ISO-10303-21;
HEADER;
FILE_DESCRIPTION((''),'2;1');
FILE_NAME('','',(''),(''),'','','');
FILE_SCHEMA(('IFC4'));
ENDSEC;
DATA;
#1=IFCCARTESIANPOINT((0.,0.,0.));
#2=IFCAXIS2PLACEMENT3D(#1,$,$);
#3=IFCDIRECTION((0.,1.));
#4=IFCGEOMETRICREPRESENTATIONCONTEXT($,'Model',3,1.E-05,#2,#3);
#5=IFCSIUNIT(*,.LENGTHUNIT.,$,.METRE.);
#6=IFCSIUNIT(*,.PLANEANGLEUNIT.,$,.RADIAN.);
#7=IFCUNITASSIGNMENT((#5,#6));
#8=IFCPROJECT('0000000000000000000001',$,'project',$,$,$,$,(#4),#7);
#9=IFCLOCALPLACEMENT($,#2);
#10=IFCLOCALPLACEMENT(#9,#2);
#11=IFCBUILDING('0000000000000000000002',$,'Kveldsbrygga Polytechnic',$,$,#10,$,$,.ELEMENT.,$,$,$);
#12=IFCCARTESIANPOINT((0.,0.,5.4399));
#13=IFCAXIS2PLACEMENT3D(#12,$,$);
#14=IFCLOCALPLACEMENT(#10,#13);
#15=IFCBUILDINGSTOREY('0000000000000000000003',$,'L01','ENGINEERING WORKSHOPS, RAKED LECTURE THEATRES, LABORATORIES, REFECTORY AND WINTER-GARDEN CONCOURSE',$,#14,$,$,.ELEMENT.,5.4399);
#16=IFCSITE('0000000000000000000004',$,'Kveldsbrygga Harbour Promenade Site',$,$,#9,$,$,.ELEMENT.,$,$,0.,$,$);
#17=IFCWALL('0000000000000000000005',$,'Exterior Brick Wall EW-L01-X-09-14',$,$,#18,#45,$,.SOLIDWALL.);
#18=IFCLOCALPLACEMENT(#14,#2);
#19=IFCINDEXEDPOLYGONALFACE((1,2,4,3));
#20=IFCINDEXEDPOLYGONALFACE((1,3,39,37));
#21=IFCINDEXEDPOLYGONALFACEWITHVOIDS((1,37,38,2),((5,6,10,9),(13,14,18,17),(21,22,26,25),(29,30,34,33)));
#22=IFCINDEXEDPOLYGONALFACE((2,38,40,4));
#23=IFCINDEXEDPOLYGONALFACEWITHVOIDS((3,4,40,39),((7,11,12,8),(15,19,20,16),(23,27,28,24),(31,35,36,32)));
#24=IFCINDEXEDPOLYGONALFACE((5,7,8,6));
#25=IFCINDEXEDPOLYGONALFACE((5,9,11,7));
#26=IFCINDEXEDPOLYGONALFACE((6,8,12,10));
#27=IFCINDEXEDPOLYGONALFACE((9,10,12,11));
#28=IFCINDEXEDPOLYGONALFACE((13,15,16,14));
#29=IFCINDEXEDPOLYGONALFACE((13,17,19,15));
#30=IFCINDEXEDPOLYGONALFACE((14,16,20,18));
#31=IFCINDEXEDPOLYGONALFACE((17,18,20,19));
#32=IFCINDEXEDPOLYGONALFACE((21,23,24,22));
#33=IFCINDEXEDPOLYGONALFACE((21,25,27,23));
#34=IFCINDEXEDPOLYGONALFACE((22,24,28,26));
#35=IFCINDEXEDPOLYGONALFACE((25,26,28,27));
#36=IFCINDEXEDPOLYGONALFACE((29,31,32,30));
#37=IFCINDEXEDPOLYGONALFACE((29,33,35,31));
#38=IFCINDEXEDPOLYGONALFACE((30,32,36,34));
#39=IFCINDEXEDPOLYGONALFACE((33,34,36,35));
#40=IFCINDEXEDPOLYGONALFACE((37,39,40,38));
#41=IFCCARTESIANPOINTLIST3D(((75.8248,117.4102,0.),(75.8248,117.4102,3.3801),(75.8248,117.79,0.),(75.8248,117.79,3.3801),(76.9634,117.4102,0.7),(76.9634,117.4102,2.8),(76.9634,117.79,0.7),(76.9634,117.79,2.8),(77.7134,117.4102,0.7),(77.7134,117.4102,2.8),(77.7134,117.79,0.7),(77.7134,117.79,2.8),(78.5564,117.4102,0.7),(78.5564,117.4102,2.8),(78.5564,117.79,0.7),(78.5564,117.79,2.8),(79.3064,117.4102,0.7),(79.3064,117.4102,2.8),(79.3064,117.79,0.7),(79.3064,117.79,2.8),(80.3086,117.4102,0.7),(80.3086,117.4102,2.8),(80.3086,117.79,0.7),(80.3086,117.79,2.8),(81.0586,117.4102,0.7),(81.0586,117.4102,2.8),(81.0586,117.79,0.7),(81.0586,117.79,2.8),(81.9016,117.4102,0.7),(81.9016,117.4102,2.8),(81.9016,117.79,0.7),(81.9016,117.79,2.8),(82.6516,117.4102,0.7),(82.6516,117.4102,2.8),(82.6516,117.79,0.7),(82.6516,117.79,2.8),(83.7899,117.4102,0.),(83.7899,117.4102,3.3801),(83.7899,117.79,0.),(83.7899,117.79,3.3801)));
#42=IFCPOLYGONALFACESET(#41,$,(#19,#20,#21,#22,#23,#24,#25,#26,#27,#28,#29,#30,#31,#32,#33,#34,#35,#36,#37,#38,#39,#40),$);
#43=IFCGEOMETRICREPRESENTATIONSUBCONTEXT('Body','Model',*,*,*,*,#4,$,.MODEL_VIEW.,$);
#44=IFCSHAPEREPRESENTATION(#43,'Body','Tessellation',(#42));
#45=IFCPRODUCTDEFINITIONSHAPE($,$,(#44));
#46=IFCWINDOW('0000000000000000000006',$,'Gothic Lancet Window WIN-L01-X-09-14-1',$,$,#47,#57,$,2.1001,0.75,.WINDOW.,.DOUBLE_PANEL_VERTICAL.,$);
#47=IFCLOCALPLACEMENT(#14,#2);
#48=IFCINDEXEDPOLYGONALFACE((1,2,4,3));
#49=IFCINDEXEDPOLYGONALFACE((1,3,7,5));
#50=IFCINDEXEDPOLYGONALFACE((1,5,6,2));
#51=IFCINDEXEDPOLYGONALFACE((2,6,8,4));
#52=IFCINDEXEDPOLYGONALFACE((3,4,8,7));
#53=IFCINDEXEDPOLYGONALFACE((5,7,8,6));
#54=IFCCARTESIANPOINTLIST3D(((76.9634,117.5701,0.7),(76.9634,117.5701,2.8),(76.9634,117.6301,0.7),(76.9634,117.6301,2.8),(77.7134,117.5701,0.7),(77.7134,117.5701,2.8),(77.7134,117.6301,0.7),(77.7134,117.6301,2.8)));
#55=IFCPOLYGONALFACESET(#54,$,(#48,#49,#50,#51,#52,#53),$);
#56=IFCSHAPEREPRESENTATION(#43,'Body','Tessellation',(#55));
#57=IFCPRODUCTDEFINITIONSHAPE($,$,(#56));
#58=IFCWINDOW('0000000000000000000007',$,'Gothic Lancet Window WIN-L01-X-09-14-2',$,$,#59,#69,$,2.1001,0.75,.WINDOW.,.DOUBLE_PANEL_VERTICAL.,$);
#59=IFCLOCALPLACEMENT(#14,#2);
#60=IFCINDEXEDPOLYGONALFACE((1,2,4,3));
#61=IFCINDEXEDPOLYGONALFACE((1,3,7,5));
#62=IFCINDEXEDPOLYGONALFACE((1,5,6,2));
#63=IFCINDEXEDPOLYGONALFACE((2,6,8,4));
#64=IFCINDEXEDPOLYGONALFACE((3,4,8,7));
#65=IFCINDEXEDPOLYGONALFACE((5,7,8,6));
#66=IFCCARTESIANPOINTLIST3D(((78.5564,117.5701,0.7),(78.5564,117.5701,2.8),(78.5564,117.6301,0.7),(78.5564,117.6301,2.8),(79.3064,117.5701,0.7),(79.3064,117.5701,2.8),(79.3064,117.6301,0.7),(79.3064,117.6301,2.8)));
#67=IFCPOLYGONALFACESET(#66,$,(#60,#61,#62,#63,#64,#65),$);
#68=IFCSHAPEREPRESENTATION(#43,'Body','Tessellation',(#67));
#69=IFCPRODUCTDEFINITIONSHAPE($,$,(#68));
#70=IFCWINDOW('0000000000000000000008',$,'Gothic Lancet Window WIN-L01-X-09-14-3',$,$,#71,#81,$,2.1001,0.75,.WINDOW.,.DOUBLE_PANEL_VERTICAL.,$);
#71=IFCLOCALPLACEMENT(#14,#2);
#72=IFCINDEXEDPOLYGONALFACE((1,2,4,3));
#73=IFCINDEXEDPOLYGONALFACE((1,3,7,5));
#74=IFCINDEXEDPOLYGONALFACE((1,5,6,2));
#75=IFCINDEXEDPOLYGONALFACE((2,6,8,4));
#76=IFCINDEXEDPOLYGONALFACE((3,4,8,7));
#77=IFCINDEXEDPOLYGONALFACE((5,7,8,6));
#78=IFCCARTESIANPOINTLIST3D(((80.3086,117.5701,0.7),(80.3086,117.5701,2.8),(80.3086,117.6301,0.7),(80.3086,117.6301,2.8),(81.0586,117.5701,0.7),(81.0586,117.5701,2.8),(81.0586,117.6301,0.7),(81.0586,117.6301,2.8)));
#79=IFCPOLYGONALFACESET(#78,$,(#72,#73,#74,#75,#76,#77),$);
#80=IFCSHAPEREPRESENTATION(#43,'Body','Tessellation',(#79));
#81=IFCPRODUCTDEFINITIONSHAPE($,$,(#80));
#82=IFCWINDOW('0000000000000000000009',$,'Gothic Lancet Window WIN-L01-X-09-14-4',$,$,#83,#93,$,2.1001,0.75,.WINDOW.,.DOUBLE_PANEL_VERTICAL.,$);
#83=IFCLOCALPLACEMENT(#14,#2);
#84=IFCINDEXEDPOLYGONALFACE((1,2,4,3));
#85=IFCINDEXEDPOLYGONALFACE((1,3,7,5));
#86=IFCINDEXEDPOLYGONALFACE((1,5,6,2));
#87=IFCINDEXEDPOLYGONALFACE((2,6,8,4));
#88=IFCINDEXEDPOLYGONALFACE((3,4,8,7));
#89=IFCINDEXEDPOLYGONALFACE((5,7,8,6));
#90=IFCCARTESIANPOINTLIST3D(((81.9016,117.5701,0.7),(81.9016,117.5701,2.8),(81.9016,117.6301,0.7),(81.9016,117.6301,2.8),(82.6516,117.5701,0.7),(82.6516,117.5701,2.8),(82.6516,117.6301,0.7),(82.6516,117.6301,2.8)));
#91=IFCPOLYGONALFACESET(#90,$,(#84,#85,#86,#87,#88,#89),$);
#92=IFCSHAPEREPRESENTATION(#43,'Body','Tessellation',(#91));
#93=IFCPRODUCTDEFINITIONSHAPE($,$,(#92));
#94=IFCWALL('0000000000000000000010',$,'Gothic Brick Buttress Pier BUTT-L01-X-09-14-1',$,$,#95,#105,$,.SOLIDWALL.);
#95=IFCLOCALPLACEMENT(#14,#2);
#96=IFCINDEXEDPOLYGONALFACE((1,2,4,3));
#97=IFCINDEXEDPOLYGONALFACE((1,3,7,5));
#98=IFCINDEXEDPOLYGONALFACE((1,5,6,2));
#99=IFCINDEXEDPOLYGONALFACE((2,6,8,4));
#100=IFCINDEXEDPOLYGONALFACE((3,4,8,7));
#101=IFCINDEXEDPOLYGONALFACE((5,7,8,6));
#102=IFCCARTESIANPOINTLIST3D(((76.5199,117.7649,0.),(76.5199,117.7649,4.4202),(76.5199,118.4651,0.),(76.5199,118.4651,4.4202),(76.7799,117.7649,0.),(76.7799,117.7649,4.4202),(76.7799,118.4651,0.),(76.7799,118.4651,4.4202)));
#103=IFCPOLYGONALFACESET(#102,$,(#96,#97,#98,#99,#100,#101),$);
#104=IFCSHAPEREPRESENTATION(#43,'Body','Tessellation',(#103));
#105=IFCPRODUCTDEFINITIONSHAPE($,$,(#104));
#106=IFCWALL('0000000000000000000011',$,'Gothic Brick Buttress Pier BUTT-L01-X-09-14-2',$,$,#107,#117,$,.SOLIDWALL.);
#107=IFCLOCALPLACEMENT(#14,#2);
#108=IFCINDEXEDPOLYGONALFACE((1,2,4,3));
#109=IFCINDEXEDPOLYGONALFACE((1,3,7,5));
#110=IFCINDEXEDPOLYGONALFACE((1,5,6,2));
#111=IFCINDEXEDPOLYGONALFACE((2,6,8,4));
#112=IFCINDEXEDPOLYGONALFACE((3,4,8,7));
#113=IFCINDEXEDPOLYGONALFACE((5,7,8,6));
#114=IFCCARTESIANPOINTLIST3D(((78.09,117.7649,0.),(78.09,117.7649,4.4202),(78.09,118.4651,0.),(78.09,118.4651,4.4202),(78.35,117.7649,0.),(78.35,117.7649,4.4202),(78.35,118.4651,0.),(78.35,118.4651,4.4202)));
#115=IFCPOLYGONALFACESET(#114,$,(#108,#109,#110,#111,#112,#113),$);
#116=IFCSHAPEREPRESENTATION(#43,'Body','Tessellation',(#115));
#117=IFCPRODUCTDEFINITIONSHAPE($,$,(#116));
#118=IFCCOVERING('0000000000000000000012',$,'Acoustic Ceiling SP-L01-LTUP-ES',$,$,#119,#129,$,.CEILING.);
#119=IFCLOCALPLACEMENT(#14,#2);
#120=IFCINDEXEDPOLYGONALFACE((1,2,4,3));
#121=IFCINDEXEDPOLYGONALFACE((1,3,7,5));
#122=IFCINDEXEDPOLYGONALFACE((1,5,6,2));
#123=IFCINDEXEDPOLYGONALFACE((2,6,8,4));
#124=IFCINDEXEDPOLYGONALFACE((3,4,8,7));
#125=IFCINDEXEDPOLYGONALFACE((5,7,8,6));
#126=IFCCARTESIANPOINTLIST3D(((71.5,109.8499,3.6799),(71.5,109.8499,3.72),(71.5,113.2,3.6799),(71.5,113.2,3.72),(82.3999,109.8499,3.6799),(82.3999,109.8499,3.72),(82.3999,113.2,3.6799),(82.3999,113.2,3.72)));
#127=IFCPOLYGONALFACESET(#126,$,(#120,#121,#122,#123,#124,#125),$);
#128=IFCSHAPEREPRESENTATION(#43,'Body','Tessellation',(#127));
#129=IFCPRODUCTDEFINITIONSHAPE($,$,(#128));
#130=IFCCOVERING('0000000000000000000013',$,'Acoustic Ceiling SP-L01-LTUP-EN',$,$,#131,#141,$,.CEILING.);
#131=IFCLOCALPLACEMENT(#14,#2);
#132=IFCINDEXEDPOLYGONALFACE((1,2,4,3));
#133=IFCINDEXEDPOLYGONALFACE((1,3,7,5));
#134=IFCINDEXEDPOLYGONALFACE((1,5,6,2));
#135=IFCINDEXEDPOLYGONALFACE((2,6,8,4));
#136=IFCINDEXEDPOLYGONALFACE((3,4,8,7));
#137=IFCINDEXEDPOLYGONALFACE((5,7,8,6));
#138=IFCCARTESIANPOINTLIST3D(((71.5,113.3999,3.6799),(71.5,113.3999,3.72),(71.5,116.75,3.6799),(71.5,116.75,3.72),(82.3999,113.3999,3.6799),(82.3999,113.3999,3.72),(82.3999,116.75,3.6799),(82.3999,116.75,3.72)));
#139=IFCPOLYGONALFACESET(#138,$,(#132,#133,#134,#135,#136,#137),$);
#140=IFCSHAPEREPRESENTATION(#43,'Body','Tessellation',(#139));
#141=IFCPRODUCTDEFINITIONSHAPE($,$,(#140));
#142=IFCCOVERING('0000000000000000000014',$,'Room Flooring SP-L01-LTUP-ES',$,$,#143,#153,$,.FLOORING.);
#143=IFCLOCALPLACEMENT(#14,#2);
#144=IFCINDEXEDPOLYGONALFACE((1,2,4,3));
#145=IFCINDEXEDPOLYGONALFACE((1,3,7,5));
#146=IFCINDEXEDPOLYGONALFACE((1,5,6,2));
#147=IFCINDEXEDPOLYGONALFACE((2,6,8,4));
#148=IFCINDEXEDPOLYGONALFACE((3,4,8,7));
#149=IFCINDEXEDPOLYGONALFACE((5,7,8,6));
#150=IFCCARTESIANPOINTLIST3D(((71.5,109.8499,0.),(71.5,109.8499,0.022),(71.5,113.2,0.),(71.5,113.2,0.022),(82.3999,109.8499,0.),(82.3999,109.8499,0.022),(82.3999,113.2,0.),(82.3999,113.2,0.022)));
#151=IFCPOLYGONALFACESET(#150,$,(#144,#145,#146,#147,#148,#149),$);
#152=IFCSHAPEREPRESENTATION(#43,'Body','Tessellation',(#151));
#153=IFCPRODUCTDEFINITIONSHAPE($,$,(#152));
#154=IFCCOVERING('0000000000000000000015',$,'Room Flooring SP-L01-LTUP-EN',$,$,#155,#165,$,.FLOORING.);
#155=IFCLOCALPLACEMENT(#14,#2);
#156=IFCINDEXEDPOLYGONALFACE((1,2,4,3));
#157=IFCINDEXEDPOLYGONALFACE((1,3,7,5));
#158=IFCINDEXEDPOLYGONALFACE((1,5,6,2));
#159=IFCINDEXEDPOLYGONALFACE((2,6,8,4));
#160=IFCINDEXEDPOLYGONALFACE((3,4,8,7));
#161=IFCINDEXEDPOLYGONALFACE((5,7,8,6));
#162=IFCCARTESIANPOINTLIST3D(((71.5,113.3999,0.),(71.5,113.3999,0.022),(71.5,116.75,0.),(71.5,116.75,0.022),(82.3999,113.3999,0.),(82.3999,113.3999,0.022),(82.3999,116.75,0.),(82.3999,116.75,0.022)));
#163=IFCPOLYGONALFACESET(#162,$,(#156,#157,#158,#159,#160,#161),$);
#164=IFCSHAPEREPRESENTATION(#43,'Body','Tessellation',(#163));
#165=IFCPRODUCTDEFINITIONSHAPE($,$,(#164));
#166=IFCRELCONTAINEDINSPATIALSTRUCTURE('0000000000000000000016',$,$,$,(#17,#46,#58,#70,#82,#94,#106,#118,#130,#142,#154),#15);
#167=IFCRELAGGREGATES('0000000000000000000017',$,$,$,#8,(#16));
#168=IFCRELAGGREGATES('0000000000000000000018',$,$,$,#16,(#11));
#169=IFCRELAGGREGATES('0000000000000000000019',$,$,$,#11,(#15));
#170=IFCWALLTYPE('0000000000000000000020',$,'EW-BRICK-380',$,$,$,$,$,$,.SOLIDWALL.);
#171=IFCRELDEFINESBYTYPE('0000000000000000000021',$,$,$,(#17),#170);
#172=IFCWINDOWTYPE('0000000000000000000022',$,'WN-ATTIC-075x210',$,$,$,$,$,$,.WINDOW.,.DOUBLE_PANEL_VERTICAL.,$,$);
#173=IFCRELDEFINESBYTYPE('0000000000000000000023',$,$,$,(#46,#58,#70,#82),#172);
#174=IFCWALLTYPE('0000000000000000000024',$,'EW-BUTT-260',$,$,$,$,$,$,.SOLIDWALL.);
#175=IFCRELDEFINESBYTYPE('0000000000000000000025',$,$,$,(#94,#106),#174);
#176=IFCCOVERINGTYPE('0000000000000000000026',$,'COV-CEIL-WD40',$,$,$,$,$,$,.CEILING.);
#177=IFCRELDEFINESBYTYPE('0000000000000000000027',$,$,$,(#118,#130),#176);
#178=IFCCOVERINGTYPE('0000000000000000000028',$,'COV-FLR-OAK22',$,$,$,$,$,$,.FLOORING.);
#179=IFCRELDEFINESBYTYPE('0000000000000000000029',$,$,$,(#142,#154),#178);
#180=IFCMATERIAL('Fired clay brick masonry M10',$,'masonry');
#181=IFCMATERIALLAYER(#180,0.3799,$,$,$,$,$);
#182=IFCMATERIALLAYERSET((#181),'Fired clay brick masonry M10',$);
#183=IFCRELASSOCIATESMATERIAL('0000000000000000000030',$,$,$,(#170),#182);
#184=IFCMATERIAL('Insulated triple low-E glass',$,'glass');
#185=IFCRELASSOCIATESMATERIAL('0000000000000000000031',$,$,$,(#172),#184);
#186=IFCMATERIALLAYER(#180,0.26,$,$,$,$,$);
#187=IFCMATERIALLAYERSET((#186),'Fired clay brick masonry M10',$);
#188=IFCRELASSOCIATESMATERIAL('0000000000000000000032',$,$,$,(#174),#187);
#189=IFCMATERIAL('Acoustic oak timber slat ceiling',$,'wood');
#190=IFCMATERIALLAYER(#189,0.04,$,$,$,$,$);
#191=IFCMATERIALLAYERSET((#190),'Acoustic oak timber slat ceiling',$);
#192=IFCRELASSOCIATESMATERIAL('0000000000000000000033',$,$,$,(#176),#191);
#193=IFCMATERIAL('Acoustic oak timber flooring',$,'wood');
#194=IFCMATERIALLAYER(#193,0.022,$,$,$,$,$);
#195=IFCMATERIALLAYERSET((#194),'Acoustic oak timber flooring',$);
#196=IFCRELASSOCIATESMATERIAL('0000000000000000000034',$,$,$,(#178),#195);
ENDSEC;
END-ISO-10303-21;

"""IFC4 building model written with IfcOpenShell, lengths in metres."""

from ifc_helpers import new_model, si_unit, direction, frame, frame_2d, origin, origin_2d, place, context, subcontext, project, spatial, rectangle, extrude, material, layer, layer_set, type_object, element, fill, save


model = new_model("IFC4")

# Units and contexts
model_context = context("Model", 3, precision=1e-05, world=origin(), true_north=direction((0.0, 1.0)))
body_context = subcontext(model_context, "Body", "Model", "MODEL_VIEW")
ifc_project = project(units=[si_unit("LENGTHUNIT", "METRE"), si_unit("PLANEANGLEUNIT", "RADIAN")], contexts=[model_context])

# Site, building, storey
site_placement = place(None, origin())
site = spatial("IfcSite", under=ifc_project, at=site_placement, Name="Kveldsbrygga Harbour Promenade Site", CompositionType="ELEMENT", RefElevation=0.0)
building_placement = place(site_placement, origin())
building = spatial("IfcBuilding", under=site, at=building_placement, Name="Kveldsbrygga Polytechnic", CompositionType="ELEMENT")
storey_placement = place(building_placement, frame((0.0, 0.0, 5.4399)))
storey = spatial("IfcBuildingStorey", under=building, at=storey_placement, Name="L01", Description="ENGINEERING WORKSHOPS, RAKED LECTURE THEATRES, LABORATORIES, REFECTORY AND WINTER-GARDEN CONCOURSE", CompositionType="ELEMENT", Elevation=5.4399)

# Shared definitions
ifc_material_1 = material(Name="Insulated triple low-E glass", Category="glass")

# Wall, openings, windows
ifc_material_2 = material(Name="Fired clay brick masonry M10", Category="masonry")
ifc_layer_1 = layer(ifc_material_2, 0.3799)
ifc_layer_set_1 = layer_set([ifc_layer_1], Name="Fired clay brick masonry M10")
wall_type_1 = type_object("IfcWallType", Name="EW-BRICK-380", PredefinedType="SOLIDWALL", material=ifc_layer_set_1)
wall_placement = place(storey_placement, frame((75.825, 117.6001, 0.0), z_axis=(0.0, 0.0, 1.0), x_axis=(1.0, 0.0, 0.0)))
wall = element("IfcWall", 1, at=wall_placement, inside=storey, type_object=wall_type_1, Name="Exterior Brick Wall EW-L01-X-09-14", PredefinedType="SOLIDWALL", context=body_context, shape_type="SweptSolid", body=[
    extrude(rectangle(XDim=7.9651, YDim=0.3799, at=frame_2d((3.9824, 0.0))), origin(), (0.0, 0.0, 1.0), 3.3801),
])
opening_1_placement = place(wall_placement, frame((1.1384, 0.0, 0.7)))
opening_1 = element("IfcOpeningElement", 2, at=opening_1_placement, cuts=wall, PredefinedType="OPENING", context=body_context, shape_type="SweptSolid", body=[
    extrude(rectangle(XDim=0.75, YDim=2.1001, at=frame_2d((0.375, 1.05))), frame((0.0, 0.2, 0.0), z_axis=(0.0, -1.0, 0.0), x_axis=(1.0, 0.0, 0.0)), (0.0, 0.0, 1.0), 0.3999),
])
opening_2_placement = place(wall_placement, frame((2.7314, 0.0, 0.7)))
opening_2 = element("IfcOpeningElement", 3, at=opening_2_placement, cuts=wall, PredefinedType="OPENING", context=body_context, shape_type="SweptSolid", body=[
    extrude(rectangle(XDim=0.75, YDim=2.1001, at=frame_2d((0.375, 1.05))), frame((0.0, 0.2, 0.0), z_axis=(0.0, -1.0, 0.0), x_axis=(1.0, 0.0, 0.0)), (0.0, 0.0, 1.0), 0.3999),
])
opening_3_placement = place(wall_placement, frame((4.4836, 0.0, 0.7)))
opening_3 = element("IfcOpeningElement", 4, at=opening_3_placement, cuts=wall, PredefinedType="OPENING", context=body_context, shape_type="SweptSolid", body=[
    extrude(rectangle(XDim=0.75, YDim=2.1001, at=frame_2d((0.375, 1.05))), frame((0.0, 0.2, 0.0), z_axis=(0.0, -1.0, 0.0), x_axis=(1.0, 0.0, 0.0)), (0.0, 0.0, 1.0), 0.3999),
])
opening_4_placement = place(wall_placement, frame((6.0767, 0.0, 0.7)))
opening_4 = element("IfcOpeningElement", 5, at=opening_4_placement, cuts=wall, PredefinedType="OPENING", context=body_context, shape_type="SweptSolid", body=[
    extrude(rectangle(XDim=0.75, YDim=2.1001, at=frame_2d((0.375, 1.05))), frame((0.0, 0.2, 0.0), z_axis=(0.0, -1.0, 0.0), x_axis=(1.0, 0.0, 0.0)), (0.0, 0.0, 1.0), 0.3999),
])
window_type = type_object("IfcWindowType", Name="WN-ATTIC-075x210", PartitioningType="DOUBLE_PANEL_VERTICAL", PredefinedType="WINDOW", material=ifc_material_1)
window_1_placement = place(opening_1_placement, origin())
window_1 = element("IfcWindow", 6, at=window_1_placement, inside=storey, type_object=window_type, Name="Gothic Lancet Window WIN-L01-X-09-14-1", OverallHeight=2.1001, OverallWidth=0.75, PartitioningType="DOUBLE_PANEL_VERTICAL", PredefinedType="WINDOW", context=body_context, shape_type="SweptSolid", body=[
    extrude(rectangle(XDim=0.75, YDim=2.1001, at=frame_2d((0.375, 1.05))), frame((0.0, 0.03, 0.0), z_axis=(0.0, -1.0, 0.0), x_axis=(1.0, 0.0, 0.0)), (0.0, 0.0, 1.0), 0.0601),
])
fill(opening_1, window_1)
window_2_placement = place(opening_2_placement, origin())
window_2 = element("IfcWindow", 7, at=window_2_placement, inside=storey, type_object=window_type, Name="Gothic Lancet Window WIN-L01-X-09-14-2", OverallHeight=2.1001, OverallWidth=0.75, PartitioningType="DOUBLE_PANEL_VERTICAL", PredefinedType="WINDOW", context=body_context, shape_type="SweptSolid", body=[
    extrude(rectangle(XDim=0.75, YDim=2.1001, at=frame_2d((0.375, 1.05))), frame((0.0, 0.03, 0.0), z_axis=(0.0, -1.0, 0.0), x_axis=(1.0, 0.0, 0.0)), (0.0, 0.0, 1.0), 0.0601),
])
fill(opening_2, window_2)
window_3_placement = place(opening_3_placement, origin())
window_3 = element("IfcWindow", 8, at=window_3_placement, inside=storey, type_object=window_type, Name="Gothic Lancet Window WIN-L01-X-09-14-3", OverallHeight=2.1001, OverallWidth=0.75, PartitioningType="DOUBLE_PANEL_VERTICAL", PredefinedType="WINDOW", context=body_context, shape_type="SweptSolid", body=[
    extrude(rectangle(XDim=0.75, YDim=2.1001, at=frame_2d((0.375, 1.05))), frame((0.0, 0.03, 0.0), z_axis=(0.0, -1.0, 0.0), x_axis=(1.0, 0.0, 0.0)), (0.0, 0.0, 1.0), 0.0601),
])
fill(opening_3, window_3)
window_4_placement = place(opening_4_placement, origin())
window_4 = element("IfcWindow", 9, at=window_4_placement, inside=storey, type_object=window_type, Name="Gothic Lancet Window WIN-L01-X-09-14-4", OverallHeight=2.1001, OverallWidth=0.75, PartitioningType="DOUBLE_PANEL_VERTICAL", PredefinedType="WINDOW", context=body_context, shape_type="SweptSolid", body=[
    extrude(rectangle(XDim=0.75, YDim=2.1001, at=frame_2d((0.375, 1.05))), frame((0.0, 0.03, 0.0), z_axis=(0.0, -1.0, 0.0), x_axis=(1.0, 0.0, 0.0)), (0.0, 0.0, 1.0), 0.0601),
])
fill(opening_4, window_4)

# Walls
ifc_layer_2 = layer(ifc_material_2, 0.26)
ifc_layer_set_2 = layer_set([ifc_layer_2], Name="Fired clay brick masonry M10")
wall_type_2 = type_object("IfcWallType", Name="EW-BUTT-260", PredefinedType="SOLIDWALL", material=ifc_layer_set_2)
for number, where, z_axis, x_axis, name in (
    (10, (76.6499, 117.7649, 0.0), (0.0, 0.0, 1.0), (0.0, 1.0, 0.0), "Gothic Brick Buttress Pier BUTT-L01-X-09-14-1"),
    (11, (78.22, 117.7649, 0.0), (0.0, 0.0, 1.0), (0.0, 1.0, 0.0), "Gothic Brick Buttress Pier BUTT-L01-X-09-14-2"),
):
    element("IfcWall", number, at=place(storey_placement, frame(where, z_axis=z_axis, x_axis=x_axis)), inside=storey, type_object=wall_type_2, Name=name, PredefinedType="SOLIDWALL", context=body_context, shape_type="SweptSolid", body=[
        extrude(rectangle(XDim=0.7002, YDim=0.26, at=frame_2d((0.3501, 0.0))), origin(), (0.0, 0.0, 1.0), 4.4202),
    ])

# Coverings
ifc_material_3 = material(Name="Acoustic oak timber slat ceiling", Category="wood")
ifc_layer_3 = layer(ifc_material_3, 0.04)
ifc_layer_set_3 = layer_set([ifc_layer_3], Name="Acoustic oak timber slat ceiling")
covering_type_1 = type_object("IfcCoveringType", Name="COV-CEIL-WD40", PredefinedType="CEILING", material=ifc_layer_set_3)
for number, where, z_axis, x_axis, name in (
    (12, (76.95, 111.5249, 3.6799), (0.0, 0.0, 1.0), (1.0, 0.0, 0.0), "Acoustic Ceiling SP-L01-LTUP-ES"),
    (13, (76.95, 115.075, 3.6799), (0.0, 0.0, 1.0), (1.0, 0.0, 0.0), "Acoustic Ceiling SP-L01-LTUP-EN"),
):
    element("IfcCovering", number, at=place(storey_placement, frame(where, z_axis=z_axis, x_axis=x_axis)), inside=storey, type_object=covering_type_1, Name=name, PredefinedType="CEILING", context=body_context, shape_type="SweptSolid", body=[
        extrude(rectangle(XDim=10.8999, YDim=3.3501, at=origin_2d()), origin(), (0.0, 0.0, 1.0), 0.04),
    ])
ifc_material_4 = material(Name="Acoustic oak timber flooring", Category="wood")
ifc_layer_4 = layer(ifc_material_4, 0.022)
ifc_layer_set_4 = layer_set([ifc_layer_4], Name="Acoustic oak timber flooring")
covering_type_2 = type_object("IfcCoveringType", Name="COV-FLR-OAK22", PredefinedType="FLOORING", material=ifc_layer_set_4)
for number, where, z_axis, x_axis, name in (
    (14, (76.95, 111.5249, 0.0), (0.0, 0.0, 1.0), (1.0, 0.0, 0.0), "Room Flooring SP-L01-LTUP-ES"),
    (15, (76.95, 115.075, 0.0), (0.0, 0.0, 1.0), (1.0, 0.0, 0.0), "Room Flooring SP-L01-LTUP-EN"),
):
    element("IfcCovering", number, at=place(storey_placement, frame(where, z_axis=z_axis, x_axis=x_axis)), inside=storey, type_object=covering_type_2, Name=name, PredefinedType="FLOORING", context=body_context, shape_type="SweptSolid", body=[
        extrude(rectangle(XDim=10.8999, YDim=3.3501, at=origin_2d()), origin(), (0.0, 0.0, 1.0), 0.022),
    ])

save(model, "model.ifc")
